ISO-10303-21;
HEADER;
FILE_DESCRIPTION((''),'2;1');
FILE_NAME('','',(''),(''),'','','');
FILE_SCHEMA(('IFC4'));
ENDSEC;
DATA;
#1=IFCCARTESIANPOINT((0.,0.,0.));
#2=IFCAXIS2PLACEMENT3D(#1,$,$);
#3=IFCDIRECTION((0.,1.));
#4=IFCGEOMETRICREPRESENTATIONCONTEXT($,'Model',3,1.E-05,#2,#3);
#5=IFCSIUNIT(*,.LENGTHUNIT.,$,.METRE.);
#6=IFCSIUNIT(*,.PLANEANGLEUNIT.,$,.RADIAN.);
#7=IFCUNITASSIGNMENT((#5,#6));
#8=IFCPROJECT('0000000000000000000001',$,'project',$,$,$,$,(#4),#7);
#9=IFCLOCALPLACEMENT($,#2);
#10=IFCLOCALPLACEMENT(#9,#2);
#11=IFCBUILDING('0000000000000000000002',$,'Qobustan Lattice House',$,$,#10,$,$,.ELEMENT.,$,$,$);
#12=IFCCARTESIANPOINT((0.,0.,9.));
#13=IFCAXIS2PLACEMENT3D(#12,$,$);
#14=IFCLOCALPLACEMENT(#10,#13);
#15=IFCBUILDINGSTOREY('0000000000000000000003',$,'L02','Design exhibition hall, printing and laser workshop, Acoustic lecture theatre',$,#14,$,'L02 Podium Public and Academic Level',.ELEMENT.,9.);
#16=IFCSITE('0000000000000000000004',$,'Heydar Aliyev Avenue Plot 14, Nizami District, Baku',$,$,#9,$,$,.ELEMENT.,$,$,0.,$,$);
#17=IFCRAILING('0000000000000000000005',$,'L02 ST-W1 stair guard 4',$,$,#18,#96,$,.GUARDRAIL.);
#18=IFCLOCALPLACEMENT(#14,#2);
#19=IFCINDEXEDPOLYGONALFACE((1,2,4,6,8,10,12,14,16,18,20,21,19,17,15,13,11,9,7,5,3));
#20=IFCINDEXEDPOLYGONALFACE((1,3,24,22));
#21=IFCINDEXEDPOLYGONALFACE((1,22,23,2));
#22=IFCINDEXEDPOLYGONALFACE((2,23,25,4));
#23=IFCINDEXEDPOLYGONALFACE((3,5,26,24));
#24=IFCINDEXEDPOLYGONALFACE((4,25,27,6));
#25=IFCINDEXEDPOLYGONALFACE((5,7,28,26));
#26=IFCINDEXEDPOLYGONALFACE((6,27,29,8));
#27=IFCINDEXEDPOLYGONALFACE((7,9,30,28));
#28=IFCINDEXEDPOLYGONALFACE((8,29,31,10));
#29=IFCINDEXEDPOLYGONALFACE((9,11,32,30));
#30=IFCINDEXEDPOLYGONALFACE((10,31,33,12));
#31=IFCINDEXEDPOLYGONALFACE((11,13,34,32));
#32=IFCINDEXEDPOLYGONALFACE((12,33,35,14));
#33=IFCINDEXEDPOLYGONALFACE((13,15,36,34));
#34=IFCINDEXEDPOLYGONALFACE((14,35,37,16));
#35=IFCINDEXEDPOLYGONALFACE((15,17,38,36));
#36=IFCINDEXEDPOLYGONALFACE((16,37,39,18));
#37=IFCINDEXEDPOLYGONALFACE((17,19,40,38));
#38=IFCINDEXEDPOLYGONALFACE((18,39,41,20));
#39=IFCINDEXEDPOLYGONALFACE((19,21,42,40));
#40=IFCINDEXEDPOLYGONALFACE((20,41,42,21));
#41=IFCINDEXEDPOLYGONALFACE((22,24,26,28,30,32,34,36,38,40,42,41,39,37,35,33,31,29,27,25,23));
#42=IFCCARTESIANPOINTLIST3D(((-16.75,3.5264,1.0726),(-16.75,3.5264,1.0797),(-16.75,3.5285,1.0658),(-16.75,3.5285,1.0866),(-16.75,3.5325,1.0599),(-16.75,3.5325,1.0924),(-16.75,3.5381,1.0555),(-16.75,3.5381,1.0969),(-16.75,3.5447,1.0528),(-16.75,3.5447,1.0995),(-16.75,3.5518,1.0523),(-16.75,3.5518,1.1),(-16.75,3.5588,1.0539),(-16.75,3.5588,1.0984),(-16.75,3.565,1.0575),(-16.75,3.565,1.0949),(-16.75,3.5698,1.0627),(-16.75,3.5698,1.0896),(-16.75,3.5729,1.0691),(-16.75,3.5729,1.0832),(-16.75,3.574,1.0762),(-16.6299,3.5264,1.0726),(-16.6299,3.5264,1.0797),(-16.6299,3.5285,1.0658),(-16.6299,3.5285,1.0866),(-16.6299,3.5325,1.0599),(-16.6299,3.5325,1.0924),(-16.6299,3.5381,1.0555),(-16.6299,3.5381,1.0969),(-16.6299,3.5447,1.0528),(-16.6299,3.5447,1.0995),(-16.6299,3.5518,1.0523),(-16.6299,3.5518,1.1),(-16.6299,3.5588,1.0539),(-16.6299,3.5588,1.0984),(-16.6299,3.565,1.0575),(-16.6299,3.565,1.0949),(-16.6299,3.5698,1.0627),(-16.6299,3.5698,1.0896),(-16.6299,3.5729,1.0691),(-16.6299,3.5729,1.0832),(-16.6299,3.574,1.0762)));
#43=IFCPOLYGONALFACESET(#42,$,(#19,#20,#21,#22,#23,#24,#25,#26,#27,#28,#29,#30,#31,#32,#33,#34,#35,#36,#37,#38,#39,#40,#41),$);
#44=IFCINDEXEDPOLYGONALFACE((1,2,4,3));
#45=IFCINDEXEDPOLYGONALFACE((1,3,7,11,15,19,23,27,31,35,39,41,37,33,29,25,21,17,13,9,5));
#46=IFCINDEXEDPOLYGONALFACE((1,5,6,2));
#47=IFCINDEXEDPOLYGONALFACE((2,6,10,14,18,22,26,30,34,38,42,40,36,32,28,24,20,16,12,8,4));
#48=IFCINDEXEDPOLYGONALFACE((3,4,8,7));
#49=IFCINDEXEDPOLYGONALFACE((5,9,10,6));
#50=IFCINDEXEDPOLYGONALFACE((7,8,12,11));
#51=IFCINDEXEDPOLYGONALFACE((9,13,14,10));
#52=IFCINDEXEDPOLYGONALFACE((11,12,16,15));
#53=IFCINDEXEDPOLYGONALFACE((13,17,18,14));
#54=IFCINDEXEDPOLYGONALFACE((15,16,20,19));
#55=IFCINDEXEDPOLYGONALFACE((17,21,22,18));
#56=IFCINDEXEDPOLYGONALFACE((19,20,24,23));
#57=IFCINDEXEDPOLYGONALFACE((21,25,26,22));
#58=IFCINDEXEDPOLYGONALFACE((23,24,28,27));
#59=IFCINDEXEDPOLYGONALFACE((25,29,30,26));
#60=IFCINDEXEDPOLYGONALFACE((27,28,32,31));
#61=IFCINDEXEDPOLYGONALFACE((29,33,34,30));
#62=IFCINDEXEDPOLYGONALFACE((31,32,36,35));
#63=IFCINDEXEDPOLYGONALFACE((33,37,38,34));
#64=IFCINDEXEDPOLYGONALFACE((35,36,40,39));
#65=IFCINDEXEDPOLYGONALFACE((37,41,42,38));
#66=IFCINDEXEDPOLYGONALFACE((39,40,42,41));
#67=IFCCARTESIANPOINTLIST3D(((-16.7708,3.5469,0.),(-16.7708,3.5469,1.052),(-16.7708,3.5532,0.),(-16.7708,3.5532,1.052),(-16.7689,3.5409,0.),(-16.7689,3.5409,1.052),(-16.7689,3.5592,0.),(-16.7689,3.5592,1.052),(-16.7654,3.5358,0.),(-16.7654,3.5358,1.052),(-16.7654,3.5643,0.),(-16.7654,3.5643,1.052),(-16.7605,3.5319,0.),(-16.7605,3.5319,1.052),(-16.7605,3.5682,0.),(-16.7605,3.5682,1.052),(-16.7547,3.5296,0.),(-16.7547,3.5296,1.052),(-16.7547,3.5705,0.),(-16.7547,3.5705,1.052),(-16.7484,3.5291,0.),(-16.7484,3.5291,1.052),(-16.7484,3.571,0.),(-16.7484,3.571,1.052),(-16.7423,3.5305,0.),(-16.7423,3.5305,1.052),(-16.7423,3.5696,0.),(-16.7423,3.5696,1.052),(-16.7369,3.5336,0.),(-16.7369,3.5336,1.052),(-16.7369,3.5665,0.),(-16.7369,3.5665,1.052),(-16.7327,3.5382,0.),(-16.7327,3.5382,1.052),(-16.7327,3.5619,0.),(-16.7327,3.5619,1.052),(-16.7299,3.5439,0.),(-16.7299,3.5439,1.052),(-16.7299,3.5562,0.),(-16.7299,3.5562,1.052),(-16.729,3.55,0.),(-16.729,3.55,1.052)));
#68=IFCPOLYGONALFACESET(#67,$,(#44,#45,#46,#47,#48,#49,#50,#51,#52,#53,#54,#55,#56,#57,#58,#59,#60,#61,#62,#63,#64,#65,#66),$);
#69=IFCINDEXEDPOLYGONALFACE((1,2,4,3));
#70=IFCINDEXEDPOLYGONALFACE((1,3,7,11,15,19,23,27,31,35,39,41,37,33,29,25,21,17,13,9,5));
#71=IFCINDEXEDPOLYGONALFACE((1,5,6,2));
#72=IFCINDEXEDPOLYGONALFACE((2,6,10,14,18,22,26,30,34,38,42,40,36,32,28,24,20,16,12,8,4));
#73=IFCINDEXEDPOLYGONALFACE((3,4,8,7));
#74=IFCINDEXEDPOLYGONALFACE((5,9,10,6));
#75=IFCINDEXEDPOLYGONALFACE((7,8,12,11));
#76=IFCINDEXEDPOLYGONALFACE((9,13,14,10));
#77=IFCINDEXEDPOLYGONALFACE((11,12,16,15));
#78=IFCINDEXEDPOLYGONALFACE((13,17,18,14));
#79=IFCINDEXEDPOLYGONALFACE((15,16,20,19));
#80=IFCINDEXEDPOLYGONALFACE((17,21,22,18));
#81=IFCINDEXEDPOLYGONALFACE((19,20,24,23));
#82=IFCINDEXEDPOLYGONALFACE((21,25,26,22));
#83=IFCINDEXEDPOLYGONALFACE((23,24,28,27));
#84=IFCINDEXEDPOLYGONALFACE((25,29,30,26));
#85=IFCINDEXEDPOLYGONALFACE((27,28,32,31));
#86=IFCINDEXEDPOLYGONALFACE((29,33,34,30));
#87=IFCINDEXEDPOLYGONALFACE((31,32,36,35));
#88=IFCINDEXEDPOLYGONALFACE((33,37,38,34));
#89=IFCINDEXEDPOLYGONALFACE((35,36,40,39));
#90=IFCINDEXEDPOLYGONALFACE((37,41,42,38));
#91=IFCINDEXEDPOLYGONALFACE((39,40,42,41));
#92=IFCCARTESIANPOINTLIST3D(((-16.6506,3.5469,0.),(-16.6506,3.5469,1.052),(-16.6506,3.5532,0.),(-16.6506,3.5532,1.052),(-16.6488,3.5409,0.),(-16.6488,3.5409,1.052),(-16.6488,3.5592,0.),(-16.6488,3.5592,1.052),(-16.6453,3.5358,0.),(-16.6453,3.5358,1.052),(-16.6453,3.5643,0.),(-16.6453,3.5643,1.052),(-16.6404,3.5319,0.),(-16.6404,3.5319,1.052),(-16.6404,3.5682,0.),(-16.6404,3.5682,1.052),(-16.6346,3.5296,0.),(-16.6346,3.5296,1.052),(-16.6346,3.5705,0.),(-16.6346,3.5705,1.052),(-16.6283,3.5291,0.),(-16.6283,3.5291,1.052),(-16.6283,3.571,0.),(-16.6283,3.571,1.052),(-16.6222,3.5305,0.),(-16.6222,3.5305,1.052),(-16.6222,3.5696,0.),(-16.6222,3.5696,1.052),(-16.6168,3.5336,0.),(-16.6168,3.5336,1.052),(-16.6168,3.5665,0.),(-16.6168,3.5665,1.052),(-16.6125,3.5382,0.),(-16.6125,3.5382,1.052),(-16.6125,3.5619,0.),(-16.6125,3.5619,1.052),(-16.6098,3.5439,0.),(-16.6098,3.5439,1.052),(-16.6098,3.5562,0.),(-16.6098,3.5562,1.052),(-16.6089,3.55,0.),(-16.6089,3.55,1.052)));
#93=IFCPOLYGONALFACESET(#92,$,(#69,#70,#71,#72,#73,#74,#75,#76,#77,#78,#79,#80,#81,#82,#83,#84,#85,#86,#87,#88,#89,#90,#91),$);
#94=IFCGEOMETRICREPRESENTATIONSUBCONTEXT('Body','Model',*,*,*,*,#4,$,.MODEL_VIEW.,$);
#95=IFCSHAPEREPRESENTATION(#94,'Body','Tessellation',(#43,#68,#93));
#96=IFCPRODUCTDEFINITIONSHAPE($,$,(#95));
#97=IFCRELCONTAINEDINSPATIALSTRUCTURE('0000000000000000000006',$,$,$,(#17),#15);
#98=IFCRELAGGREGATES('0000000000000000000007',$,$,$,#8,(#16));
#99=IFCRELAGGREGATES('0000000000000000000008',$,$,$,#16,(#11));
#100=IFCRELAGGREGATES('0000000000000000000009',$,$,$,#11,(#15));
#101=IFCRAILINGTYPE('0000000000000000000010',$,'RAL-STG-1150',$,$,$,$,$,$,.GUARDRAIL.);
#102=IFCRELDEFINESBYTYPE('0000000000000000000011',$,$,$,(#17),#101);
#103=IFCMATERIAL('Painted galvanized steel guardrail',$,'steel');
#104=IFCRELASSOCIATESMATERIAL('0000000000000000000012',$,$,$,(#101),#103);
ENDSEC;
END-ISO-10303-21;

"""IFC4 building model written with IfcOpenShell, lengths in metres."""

from ifc_helpers import new_model, si_unit, direction, frame, origin, origin_2d, place, context, subcontext, project, spatial, circle, extrude, material, type_object, element, save


model = new_model("IFC4")

# Units and contexts
model_context = context("Model", 3, precision=1e-05, world=origin(), true_north=direction((0.0, 1.0)))
body_context = subcontext(model_context, "Body", "Model", "MODEL_VIEW")
ifc_project = project(units=[si_unit("LENGTHUNIT", "METRE"), si_unit("PLANEANGLEUNIT", "RADIAN")], contexts=[model_context])

# Site, building, storey
site_placement = place(None, origin())
site = spatial("IfcSite", under=ifc_project, at=site_placement, Name="Heydar Aliyev Avenue Plot 14, Nizami District, Baku", CompositionType="ELEMENT", RefElevation=0.0)
building_placement = place(site_placement, origin())
building = spatial("IfcBuilding", under=site, at=building_placement, Name="Qobustan Lattice House", CompositionType="ELEMENT")
storey_placement = place(building_placement, frame((0.0, 0.0, 9.0)))
storey = spatial("IfcBuildingStorey", under=building, at=storey_placement, Name="L02", Description="Design exhibition hall, printing and laser workshop, Acoustic lecture theatre", LongName="L02 Podium Public and Academic Level", CompositionType="ELEMENT", Elevation=9.0)

# Railing
ifc_material_1 = material(Name="Painted galvanized steel guardrail", Category="steel")
railing_type_1 = type_object("IfcRailingType", Name="RAL-STG-1150", PredefinedType="GUARDRAIL", material=ifc_material_1)
railing_1_placement = place(storey_placement, frame((-16.75, 3.55, 0.0)))
element("IfcRailing", 1, at=railing_1_placement, inside=storey, type_object=railing_type_1, Name="L02 ST-W1 stair guard 4", PredefinedType="GUARDRAIL", context=body_context, shape_type="SweptSolid", body=[
    extrude(circle(Radius=0.0239, at=origin_2d()), frame((0.0, 0.0, 1.0762), z_axis=(1.0, 0.0, 0.0), x_axis=(0.0, 1.0, 0.0)), (0.0, 0.0, 1.0), 0.1201),
    extrude(circle(Radius=0.021, at=origin_2d()), origin(), (0.0, 0.0, 1.0), 1.052),
    extrude(circle(Radius=0.021, at=origin_2d()), frame((0.1201, 0.0, 0.0)), (0.0, 0.0, 1.0), 1.052),
])

save(model, "model.ifc")
